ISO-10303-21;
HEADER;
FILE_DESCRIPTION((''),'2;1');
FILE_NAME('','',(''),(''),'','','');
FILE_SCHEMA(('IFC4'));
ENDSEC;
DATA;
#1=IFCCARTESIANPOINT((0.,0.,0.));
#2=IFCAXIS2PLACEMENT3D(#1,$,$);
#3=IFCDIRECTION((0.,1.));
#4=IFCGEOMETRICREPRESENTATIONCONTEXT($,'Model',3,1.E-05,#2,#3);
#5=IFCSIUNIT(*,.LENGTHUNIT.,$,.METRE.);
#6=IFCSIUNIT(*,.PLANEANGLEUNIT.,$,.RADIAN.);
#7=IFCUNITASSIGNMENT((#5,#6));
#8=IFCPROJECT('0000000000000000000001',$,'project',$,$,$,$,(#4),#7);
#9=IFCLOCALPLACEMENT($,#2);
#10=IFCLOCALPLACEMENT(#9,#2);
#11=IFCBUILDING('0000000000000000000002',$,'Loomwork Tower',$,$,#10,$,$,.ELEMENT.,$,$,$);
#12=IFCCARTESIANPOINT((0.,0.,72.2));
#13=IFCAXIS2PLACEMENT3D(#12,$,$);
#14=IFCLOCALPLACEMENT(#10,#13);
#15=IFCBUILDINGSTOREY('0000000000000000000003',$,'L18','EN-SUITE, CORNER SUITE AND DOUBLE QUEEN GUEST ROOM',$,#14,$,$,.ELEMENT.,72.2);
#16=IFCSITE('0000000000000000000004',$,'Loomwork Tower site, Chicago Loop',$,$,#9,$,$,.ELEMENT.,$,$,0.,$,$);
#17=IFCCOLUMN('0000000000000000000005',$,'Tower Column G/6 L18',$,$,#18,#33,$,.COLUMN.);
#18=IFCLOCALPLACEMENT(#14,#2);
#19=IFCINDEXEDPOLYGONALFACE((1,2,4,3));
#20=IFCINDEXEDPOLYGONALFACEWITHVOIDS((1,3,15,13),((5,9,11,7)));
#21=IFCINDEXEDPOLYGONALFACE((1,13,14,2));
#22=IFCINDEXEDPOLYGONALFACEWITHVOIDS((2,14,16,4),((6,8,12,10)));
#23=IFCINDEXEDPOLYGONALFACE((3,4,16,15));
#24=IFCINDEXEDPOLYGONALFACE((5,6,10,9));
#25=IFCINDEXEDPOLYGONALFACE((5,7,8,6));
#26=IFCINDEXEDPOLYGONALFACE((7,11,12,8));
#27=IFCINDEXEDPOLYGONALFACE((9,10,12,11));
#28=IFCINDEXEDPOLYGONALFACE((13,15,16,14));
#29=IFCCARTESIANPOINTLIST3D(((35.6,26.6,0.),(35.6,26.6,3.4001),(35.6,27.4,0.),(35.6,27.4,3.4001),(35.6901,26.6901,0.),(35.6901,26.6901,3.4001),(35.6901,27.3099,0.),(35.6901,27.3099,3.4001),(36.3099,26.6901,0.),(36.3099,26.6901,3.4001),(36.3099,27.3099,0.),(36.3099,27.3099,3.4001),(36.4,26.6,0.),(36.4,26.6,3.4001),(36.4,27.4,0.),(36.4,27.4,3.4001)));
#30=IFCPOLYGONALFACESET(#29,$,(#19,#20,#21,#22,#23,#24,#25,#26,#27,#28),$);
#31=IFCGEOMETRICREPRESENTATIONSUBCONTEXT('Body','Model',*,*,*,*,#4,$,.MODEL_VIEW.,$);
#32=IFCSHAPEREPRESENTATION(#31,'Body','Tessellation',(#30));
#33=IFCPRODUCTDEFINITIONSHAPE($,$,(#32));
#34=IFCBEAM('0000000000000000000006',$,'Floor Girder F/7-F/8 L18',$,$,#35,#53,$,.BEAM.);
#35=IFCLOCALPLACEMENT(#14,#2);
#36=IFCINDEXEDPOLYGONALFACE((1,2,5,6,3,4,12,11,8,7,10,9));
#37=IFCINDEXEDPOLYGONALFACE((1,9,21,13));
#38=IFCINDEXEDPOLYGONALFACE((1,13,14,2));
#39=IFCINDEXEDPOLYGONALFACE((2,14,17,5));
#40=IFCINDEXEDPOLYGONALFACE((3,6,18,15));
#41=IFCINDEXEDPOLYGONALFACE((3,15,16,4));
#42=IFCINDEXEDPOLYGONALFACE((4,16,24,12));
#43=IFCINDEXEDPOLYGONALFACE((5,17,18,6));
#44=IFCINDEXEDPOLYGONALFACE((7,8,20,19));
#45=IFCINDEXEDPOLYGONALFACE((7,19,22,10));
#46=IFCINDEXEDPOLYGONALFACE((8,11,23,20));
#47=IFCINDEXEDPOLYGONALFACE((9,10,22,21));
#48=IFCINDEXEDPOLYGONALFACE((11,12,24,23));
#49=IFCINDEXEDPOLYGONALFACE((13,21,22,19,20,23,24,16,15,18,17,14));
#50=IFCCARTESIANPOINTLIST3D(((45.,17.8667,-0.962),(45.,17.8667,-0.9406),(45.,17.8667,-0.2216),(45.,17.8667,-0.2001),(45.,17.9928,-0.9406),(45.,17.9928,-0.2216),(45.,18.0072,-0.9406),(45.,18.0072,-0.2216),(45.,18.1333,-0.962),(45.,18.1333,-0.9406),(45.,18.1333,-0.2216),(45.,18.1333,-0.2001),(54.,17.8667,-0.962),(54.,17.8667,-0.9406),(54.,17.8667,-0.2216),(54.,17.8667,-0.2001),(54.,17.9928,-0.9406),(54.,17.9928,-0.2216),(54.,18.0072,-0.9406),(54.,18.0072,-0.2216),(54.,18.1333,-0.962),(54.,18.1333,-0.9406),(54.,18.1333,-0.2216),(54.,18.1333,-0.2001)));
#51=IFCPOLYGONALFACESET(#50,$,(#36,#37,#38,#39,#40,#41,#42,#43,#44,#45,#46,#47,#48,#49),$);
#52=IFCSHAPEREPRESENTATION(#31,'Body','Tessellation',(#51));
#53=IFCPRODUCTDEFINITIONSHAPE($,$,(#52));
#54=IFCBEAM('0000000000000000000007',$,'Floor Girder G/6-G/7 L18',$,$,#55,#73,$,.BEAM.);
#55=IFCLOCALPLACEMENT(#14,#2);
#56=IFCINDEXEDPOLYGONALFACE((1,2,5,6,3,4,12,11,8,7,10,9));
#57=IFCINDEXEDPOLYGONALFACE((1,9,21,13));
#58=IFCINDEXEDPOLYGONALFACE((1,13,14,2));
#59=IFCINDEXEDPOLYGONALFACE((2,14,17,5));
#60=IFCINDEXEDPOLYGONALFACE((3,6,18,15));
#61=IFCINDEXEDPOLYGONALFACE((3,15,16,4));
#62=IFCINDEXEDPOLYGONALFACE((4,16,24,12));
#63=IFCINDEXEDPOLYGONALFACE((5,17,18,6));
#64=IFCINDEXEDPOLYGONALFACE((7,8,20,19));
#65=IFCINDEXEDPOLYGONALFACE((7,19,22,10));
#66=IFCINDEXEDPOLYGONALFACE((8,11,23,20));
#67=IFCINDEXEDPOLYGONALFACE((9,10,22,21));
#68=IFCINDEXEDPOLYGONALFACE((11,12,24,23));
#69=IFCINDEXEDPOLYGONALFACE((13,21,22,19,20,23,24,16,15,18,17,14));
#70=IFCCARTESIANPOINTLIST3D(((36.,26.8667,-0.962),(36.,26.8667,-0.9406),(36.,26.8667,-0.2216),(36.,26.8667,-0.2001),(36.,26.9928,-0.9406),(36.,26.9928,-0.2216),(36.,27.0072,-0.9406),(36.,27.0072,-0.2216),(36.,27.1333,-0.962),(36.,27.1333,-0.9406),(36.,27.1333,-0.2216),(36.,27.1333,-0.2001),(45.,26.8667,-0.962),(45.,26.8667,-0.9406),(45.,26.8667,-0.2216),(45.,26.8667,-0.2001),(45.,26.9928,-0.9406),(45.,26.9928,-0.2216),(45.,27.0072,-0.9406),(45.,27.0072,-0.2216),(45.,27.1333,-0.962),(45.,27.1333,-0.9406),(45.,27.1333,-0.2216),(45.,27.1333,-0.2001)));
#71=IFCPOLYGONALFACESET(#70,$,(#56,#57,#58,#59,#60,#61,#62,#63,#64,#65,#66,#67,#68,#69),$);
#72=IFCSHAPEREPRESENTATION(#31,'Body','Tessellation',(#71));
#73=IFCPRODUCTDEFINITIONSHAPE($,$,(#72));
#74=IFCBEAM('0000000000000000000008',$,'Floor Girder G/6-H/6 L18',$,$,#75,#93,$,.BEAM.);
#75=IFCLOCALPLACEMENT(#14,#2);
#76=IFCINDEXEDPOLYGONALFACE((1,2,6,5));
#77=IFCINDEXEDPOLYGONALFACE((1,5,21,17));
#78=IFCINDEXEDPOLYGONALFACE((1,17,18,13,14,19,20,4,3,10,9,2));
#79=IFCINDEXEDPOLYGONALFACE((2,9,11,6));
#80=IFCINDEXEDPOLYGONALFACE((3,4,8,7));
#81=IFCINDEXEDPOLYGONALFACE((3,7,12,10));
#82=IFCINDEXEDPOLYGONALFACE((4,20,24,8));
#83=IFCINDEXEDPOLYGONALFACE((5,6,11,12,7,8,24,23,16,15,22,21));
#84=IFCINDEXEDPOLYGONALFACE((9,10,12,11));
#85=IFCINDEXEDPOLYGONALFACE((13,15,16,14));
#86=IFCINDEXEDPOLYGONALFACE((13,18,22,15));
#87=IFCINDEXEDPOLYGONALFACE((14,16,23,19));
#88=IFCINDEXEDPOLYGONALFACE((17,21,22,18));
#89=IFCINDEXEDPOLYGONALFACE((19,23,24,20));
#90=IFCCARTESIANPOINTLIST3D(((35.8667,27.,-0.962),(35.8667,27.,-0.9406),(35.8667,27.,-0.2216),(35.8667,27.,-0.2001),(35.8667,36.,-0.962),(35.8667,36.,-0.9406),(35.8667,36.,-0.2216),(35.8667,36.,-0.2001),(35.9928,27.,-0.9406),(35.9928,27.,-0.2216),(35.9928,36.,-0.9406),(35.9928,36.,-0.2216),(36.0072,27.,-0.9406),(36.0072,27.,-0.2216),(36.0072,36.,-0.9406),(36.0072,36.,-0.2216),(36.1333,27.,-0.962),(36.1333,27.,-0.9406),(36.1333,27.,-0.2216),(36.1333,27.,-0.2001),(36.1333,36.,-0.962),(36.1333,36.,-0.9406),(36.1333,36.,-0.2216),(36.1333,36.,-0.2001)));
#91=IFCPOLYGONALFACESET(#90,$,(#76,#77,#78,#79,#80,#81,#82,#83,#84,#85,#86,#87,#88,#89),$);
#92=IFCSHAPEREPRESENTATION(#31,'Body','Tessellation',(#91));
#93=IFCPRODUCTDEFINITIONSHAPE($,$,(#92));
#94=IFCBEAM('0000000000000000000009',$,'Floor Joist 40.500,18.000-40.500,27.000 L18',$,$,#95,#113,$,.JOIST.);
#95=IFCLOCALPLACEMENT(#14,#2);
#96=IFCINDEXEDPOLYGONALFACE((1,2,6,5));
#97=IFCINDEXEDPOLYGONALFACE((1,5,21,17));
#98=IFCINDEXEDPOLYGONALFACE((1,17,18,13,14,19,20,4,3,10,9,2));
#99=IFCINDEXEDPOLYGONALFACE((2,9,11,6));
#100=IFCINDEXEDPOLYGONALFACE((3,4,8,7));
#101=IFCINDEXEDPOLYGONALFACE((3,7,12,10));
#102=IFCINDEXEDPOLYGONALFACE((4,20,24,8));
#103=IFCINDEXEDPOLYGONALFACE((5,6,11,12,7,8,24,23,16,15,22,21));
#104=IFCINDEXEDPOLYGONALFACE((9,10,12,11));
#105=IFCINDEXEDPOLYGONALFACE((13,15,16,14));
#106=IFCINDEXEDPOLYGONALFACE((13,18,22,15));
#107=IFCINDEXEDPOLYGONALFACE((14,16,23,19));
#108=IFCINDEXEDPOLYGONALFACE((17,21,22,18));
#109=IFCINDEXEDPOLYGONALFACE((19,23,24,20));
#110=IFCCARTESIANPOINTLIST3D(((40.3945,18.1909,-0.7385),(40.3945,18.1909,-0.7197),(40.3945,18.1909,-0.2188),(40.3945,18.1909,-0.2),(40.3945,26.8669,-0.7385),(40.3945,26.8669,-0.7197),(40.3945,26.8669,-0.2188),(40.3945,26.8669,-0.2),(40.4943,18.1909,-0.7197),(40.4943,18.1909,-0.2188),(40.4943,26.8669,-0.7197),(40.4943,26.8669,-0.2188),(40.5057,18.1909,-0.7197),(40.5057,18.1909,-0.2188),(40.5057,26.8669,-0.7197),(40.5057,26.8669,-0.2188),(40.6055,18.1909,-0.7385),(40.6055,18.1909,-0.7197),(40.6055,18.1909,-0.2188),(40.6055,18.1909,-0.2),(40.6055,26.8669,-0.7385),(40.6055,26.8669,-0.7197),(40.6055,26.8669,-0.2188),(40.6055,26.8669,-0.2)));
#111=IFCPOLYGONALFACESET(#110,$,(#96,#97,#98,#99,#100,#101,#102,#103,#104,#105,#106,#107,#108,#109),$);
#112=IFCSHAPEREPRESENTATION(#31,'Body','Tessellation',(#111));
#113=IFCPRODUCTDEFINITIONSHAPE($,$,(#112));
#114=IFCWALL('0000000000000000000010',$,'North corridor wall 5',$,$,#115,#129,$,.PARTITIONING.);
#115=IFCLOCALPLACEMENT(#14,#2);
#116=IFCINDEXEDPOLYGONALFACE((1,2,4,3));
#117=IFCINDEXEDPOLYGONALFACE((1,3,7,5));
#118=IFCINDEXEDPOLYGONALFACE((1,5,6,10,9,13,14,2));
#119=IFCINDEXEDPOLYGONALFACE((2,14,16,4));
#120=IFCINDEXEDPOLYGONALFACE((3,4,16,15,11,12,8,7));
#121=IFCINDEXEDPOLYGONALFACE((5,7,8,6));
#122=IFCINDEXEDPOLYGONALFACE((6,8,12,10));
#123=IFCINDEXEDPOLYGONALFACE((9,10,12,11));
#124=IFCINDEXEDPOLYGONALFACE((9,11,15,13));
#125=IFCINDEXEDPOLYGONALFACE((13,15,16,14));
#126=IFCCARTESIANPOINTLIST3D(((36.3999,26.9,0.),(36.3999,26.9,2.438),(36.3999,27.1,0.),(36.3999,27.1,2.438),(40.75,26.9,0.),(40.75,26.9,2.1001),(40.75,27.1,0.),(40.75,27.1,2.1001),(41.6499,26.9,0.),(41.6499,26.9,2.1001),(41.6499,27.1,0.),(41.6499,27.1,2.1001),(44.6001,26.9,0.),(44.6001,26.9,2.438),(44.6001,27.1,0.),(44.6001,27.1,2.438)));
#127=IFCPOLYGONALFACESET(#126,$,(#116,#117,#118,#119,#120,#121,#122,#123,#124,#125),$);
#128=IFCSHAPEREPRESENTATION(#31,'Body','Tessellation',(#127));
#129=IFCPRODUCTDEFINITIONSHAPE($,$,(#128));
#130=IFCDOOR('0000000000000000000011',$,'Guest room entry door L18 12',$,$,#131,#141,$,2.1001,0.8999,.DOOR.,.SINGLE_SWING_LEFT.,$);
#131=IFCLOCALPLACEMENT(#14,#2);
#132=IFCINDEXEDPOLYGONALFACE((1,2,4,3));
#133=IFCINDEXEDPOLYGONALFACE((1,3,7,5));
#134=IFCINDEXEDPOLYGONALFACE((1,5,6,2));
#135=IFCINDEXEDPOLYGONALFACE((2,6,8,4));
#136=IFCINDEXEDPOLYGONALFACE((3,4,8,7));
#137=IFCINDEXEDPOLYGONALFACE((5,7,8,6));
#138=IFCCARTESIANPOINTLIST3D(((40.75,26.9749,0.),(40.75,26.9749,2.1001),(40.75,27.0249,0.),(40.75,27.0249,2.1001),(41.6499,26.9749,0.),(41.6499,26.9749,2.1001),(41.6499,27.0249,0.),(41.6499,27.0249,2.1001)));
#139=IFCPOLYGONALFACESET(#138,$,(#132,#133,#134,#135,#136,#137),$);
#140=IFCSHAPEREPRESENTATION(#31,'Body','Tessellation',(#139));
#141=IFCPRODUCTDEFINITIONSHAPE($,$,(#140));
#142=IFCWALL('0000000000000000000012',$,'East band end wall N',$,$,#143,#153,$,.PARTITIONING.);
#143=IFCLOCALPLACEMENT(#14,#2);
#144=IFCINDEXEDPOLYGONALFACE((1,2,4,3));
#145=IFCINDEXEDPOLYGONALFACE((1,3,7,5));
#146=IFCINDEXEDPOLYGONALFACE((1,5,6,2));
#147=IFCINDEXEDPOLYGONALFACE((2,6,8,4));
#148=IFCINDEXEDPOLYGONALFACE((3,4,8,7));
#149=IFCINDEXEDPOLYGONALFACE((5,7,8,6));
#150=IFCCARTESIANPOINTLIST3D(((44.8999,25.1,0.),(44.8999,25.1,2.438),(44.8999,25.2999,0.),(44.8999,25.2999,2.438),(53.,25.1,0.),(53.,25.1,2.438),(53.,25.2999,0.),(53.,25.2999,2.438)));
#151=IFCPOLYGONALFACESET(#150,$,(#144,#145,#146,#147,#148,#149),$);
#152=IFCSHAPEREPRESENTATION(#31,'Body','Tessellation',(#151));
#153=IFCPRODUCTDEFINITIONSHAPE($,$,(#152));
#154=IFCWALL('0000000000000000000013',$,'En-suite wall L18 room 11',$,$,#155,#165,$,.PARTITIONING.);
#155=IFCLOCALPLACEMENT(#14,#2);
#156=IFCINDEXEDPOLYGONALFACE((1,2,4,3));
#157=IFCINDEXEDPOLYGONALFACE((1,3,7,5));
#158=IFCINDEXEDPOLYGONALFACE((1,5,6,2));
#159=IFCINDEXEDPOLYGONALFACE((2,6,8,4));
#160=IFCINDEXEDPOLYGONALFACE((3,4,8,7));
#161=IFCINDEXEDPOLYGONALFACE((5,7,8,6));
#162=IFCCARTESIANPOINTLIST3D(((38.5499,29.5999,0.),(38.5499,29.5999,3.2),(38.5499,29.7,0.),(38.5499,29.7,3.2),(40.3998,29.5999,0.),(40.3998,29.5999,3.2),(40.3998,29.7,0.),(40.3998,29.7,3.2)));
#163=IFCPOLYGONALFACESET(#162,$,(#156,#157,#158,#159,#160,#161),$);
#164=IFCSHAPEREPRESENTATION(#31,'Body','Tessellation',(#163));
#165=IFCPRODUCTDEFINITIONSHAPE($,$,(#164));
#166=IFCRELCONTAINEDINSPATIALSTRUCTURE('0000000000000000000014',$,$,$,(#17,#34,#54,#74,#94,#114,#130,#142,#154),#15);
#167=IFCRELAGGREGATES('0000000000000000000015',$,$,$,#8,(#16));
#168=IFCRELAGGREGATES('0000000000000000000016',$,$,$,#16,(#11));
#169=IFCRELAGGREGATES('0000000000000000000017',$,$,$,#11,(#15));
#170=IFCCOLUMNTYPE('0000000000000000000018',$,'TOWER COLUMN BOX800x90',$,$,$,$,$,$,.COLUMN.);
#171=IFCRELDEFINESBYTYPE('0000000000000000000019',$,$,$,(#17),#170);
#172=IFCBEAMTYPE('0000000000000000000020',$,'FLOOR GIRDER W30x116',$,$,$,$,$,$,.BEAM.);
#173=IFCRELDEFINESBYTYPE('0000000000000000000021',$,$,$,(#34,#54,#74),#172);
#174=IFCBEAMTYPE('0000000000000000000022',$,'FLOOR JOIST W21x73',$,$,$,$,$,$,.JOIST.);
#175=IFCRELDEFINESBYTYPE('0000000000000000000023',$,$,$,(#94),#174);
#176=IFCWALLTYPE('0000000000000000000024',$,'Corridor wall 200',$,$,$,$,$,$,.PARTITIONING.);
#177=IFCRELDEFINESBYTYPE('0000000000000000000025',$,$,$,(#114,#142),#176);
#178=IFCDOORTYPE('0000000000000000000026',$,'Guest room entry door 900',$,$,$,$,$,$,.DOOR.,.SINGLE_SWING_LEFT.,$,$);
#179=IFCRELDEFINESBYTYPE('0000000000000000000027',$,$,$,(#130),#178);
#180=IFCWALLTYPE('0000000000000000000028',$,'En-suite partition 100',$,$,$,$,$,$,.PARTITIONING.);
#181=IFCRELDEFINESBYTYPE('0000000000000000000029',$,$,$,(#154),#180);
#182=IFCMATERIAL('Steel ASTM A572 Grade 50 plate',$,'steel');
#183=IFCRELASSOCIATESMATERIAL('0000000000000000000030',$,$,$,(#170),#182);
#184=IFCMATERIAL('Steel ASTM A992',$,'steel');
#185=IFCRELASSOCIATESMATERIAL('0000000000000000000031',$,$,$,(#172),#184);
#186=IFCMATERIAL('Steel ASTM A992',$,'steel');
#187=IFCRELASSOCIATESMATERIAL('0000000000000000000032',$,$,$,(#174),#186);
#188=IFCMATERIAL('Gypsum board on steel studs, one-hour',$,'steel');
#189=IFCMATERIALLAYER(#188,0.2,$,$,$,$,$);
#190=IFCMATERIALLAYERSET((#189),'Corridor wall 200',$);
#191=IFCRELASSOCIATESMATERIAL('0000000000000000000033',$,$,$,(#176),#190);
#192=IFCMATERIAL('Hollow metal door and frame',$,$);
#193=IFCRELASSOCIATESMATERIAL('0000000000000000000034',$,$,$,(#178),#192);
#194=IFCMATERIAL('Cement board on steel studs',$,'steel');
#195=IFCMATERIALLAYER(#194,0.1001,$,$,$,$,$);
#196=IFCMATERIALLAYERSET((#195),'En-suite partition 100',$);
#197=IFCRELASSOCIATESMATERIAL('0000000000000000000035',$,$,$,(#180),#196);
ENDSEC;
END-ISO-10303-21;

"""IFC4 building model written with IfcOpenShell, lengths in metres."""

from ifc_helpers import new_model, si_unit, direction, frame, frame_2d, origin, origin_2d, place, context, subcontext, project, spatial, rectangle, hollow_rectangle, i_section, extrude, material, layer, layer_set, material_profile, profile_set, type_object, element, fill, save


model = new_model("IFC4")

# Units and contexts
model_context = context("Model", 3, precision=1e-05, world=origin(), true_north=direction((0.0, 1.0)))
body_context = subcontext(model_context, "Body", "Model", "MODEL_VIEW")
ifc_project = project(units=[si_unit("LENGTHUNIT", "METRE"), si_unit("PLANEANGLEUNIT", "RADIAN")], contexts=[model_context])

# Site, building, storey
site_placement = place(None, origin())
site = spatial("IfcSite", under=ifc_project, at=site_placement, Name="Loomwork Tower site, Chicago Loop", CompositionType="ELEMENT", RefElevation=0.0)
building_placement = place(site_placement, origin())
building = spatial("IfcBuilding", under=site, at=building_placement, Name="Loomwork Tower", CompositionType="ELEMENT")
storey_placement = place(building_placement, frame((0.0, 0.0, 72.2)))
storey = spatial("IfcBuildingStorey", under=building, at=storey_placement, Name="L18", Description="EN-SUITE, CORNER SUITE AND DOUBLE QUEEN GUEST ROOM", CompositionType="ELEMENT", Elevation=72.2)

# Column
ifc_material_1 = material(Name="Steel ASTM A572 Grade 50 plate", Category="steel")
ifc_material_profile_1 = material_profile(ifc_material_1, hollow_rectangle(XDim=0.8, YDim=0.8, WallThickness=0.0901, at=origin_2d()), Name="BOX800x90")
ifc_profile_set_1 = profile_set([ifc_material_profile_1], Name="Steel ASTM A572 Grade 50 plate")
column_type = type_object("IfcColumnType", Name="TOWER COLUMN BOX800x90", PredefinedType="COLUMN", material=ifc_profile_set_1)
column_placement = place(storey_placement, frame((36.0, 27.0, 0.0), z_axis=(0.0, 0.0, 1.0), x_axis=(1.0, 0.0, 0.0)))
element("IfcColumn", 1, at=column_placement, inside=storey, type_object=column_type, Name="Tower Column G/6 L18", PredefinedType="COLUMN", context=body_context, shape_type="SweptSolid", body=[
    extrude(hollow_rectangle(XDim=0.8, YDim=0.8, WallThickness=0.0901, at=origin_2d()), origin(), (0.0, 0.0, 1.0), 3.4001),
])

# Beams
ifc_material_2 = material(Name="Steel ASTM A992", Category="steel")
ifc_material_profile_2 = material_profile(ifc_material_2, i_section(OverallWidth=0.2666, OverallDepth=0.762, WebThickness=0.0144, FlangeThickness=0.0215, at=origin_2d()), Name="W30x116")
ifc_profile_set_2 = profile_set([ifc_material_profile_2], Name="Steel ASTM A992")
beam_type_1 = type_object("IfcBeamType", Name="FLOOR GIRDER W30x116", PredefinedType="BEAM", material=ifc_profile_set_2)
for number, where, z_axis, x_axis, name in (
    (2, (45.0, 18.0, -0.5811), (1.0, 0.0, 0.0), (0.0, 1.0, 0.0), "Floor Girder F/7-F/8 L18"),
    (3, (36.0, 27.0, -0.5811), (1.0, 0.0, 0.0), (0.0, 1.0, 0.0), "Floor Girder G/6-G/7 L18"),
    (4, (36.0, 27.0, -0.5811), (0.0, 1.0, 0.0), (-1.0, 0.0, 0.0), "Floor Girder G/6-H/6 L18"),
):
    element("IfcBeam", number, at=place(storey_placement, frame(where, z_axis=z_axis, x_axis=x_axis)), inside=storey, type_object=beam_type_1, Name=name, PredefinedType="BEAM", context=body_context, shape_type="SweptSolid", body=[
        extrude(i_section(OverallWidth=0.2666, OverallDepth=0.762, WebThickness=0.0144, FlangeThickness=0.0215, at=origin_2d()), origin(), (0.0, 0.0, 1.0), 9.0),
    ])
ifc_material_3 = material(Name="Steel ASTM A992", Category="steel")
ifc_material_profile_3 = material_profile(ifc_material_3, i_section(OverallWidth=0.2109, OverallDepth=0.5386, WebThickness=0.0115, FlangeThickness=0.0188, at=origin_2d()), Name="W21x73")
ifc_profile_set_3 = profile_set([ifc_material_profile_3], Name="Steel ASTM A992")
beam_type_2 = type_object("IfcBeamType", Name="FLOOR JOIST W21x73", PredefinedType="JOIST", material=ifc_profile_set_3)
beam_placement = place(storey_placement, frame((40.5, 18.1909, -0.4692), z_axis=(0.0, 1.0, 0.0), x_axis=(-1.0, 0.0, 0.0)))
element("IfcBeam", 5, at=beam_placement, inside=storey, type_object=beam_type_2, Name="Floor Joist 40.500,18.000-40.500,27.000 L18", PredefinedType="JOIST", context=body_context, shape_type="SweptSolid", body=[
    extrude(i_section(OverallWidth=0.2109, OverallDepth=0.5386, WebThickness=0.0115, FlangeThickness=0.0188, at=origin_2d()), origin(), (0.0, 0.0, 1.0), 8.676),
])

# Wall, opening, door
ifc_material_4 = material(Name="Gypsum board on steel studs, one-hour", Category="steel")
ifc_layer_1 = layer(ifc_material_4, 0.2)
ifc_layer_set_1 = layer_set([ifc_layer_1], Name="Corridor wall 200")
wall_type_1 = type_object("IfcWallType", Name="Corridor wall 200", PredefinedType="PARTITIONING", material=ifc_layer_set_1)
wall_1_placement = place(storey_placement, frame((36.3999, 27.0, 0.0), z_axis=(0.0, 0.0, 1.0), x_axis=(1.0, 0.0, 0.0)))
wall_1 = element("IfcWall", 6, at=wall_1_placement, inside=storey, type_object=wall_type_1, Name="North corridor wall 5", PredefinedType="PARTITIONING", context=body_context, shape_type="SweptSolid", body=[
    extrude(rectangle(XDim=8.2002, YDim=0.2, at=frame_2d((4.1001, 0.0))), origin(), (0.0, 0.0, 1.0), 2.438),
])
opening_1_placement = place(wall_1_placement, frame((4.3501, 0.0, 0.0)))
opening_1 = element("IfcOpeningElement", 7, at=opening_1_placement, cuts=wall_1, PredefinedType="OPENING", context=body_context, shape_type="SweptSolid", body=[
    extrude(rectangle(XDim=0.8999, YDim=2.1001, at=frame_2d((0.45, 1.05))), frame((0.0, 0.1099, 0.0), z_axis=(0.0, -1.0, 0.0), x_axis=(1.0, 0.0, 0.0)), (0.0, 0.0, 1.0), 0.22),
])
ifc_material_5 = material(Name="Hollow metal door and frame")
door_type_1 = type_object("IfcDoorType", Name="Guest room entry door 900", OperationType="SINGLE_SWING_LEFT", PredefinedType="DOOR", material=ifc_material_5)
door_1_placement = place(opening_1_placement, origin())
door_1 = element("IfcDoor", 8, at=door_1_placement, inside=storey, type_object=door_type_1, Name="Guest room entry door L18 12", OperationType="SINGLE_SWING_LEFT", OverallHeight=2.1001, OverallWidth=0.8999, PredefinedType="DOOR", context=body_context, shape_type="SweptSolid", body=[
    extrude(rectangle(XDim=0.8999, YDim=2.1001, at=frame_2d((0.45, 1.05))), frame((0.0, 0.0249, 0.0), z_axis=(0.0, -1.0, 0.0), x_axis=(1.0, 0.0, 0.0)), (0.0, 0.0, 1.0), 0.05),
])
fill(opening_1, door_1)

# Walls
wall_2_placement = place(storey_placement, frame((44.8999, 25.2, 0.0), z_axis=(0.0, 0.0, 1.0), x_axis=(1.0, 0.0, 0.0)))
element("IfcWall", 9, at=wall_2_placement, inside=storey, type_object=wall_type_1, Name="East band end wall N", PredefinedType="PARTITIONING", context=body_context, shape_type="SweptSolid", body=[
    extrude(rectangle(XDim=8.1001, YDim=0.2, at=frame_2d((4.05, 0.0))), origin(), (0.0, 0.0, 1.0), 2.438),
])
ifc_material_6 = material(Name="Cement board on steel studs", Category="steel")
ifc_layer_2 = layer(ifc_material_6, 0.1001)
ifc_layer_set_2 = layer_set([ifc_layer_2], Name="En-suite partition 100")
wall_type_2 = type_object("IfcWallType", Name="En-suite partition 100", PredefinedType="PARTITIONING", material=ifc_layer_set_2)
wall_3_placement = place(storey_placement, frame((38.55, 29.6499, 0.0), z_axis=(0.0, 0.0, 1.0), x_axis=(1.0, 0.0, 0.0)))
element("IfcWall", 10, at=wall_3_placement, inside=storey, type_object=wall_type_2, Name="En-suite wall L18 room 11", PredefinedType="PARTITIONING", context=body_context, shape_type="SweptSolid", body=[
    extrude(rectangle(XDim=1.8499, YDim=0.1001, at=frame_2d((0.9248, 0.0))), origin(), (0.0, 0.0, 1.0), 3.2),
])

save(model, "model.ifc")
